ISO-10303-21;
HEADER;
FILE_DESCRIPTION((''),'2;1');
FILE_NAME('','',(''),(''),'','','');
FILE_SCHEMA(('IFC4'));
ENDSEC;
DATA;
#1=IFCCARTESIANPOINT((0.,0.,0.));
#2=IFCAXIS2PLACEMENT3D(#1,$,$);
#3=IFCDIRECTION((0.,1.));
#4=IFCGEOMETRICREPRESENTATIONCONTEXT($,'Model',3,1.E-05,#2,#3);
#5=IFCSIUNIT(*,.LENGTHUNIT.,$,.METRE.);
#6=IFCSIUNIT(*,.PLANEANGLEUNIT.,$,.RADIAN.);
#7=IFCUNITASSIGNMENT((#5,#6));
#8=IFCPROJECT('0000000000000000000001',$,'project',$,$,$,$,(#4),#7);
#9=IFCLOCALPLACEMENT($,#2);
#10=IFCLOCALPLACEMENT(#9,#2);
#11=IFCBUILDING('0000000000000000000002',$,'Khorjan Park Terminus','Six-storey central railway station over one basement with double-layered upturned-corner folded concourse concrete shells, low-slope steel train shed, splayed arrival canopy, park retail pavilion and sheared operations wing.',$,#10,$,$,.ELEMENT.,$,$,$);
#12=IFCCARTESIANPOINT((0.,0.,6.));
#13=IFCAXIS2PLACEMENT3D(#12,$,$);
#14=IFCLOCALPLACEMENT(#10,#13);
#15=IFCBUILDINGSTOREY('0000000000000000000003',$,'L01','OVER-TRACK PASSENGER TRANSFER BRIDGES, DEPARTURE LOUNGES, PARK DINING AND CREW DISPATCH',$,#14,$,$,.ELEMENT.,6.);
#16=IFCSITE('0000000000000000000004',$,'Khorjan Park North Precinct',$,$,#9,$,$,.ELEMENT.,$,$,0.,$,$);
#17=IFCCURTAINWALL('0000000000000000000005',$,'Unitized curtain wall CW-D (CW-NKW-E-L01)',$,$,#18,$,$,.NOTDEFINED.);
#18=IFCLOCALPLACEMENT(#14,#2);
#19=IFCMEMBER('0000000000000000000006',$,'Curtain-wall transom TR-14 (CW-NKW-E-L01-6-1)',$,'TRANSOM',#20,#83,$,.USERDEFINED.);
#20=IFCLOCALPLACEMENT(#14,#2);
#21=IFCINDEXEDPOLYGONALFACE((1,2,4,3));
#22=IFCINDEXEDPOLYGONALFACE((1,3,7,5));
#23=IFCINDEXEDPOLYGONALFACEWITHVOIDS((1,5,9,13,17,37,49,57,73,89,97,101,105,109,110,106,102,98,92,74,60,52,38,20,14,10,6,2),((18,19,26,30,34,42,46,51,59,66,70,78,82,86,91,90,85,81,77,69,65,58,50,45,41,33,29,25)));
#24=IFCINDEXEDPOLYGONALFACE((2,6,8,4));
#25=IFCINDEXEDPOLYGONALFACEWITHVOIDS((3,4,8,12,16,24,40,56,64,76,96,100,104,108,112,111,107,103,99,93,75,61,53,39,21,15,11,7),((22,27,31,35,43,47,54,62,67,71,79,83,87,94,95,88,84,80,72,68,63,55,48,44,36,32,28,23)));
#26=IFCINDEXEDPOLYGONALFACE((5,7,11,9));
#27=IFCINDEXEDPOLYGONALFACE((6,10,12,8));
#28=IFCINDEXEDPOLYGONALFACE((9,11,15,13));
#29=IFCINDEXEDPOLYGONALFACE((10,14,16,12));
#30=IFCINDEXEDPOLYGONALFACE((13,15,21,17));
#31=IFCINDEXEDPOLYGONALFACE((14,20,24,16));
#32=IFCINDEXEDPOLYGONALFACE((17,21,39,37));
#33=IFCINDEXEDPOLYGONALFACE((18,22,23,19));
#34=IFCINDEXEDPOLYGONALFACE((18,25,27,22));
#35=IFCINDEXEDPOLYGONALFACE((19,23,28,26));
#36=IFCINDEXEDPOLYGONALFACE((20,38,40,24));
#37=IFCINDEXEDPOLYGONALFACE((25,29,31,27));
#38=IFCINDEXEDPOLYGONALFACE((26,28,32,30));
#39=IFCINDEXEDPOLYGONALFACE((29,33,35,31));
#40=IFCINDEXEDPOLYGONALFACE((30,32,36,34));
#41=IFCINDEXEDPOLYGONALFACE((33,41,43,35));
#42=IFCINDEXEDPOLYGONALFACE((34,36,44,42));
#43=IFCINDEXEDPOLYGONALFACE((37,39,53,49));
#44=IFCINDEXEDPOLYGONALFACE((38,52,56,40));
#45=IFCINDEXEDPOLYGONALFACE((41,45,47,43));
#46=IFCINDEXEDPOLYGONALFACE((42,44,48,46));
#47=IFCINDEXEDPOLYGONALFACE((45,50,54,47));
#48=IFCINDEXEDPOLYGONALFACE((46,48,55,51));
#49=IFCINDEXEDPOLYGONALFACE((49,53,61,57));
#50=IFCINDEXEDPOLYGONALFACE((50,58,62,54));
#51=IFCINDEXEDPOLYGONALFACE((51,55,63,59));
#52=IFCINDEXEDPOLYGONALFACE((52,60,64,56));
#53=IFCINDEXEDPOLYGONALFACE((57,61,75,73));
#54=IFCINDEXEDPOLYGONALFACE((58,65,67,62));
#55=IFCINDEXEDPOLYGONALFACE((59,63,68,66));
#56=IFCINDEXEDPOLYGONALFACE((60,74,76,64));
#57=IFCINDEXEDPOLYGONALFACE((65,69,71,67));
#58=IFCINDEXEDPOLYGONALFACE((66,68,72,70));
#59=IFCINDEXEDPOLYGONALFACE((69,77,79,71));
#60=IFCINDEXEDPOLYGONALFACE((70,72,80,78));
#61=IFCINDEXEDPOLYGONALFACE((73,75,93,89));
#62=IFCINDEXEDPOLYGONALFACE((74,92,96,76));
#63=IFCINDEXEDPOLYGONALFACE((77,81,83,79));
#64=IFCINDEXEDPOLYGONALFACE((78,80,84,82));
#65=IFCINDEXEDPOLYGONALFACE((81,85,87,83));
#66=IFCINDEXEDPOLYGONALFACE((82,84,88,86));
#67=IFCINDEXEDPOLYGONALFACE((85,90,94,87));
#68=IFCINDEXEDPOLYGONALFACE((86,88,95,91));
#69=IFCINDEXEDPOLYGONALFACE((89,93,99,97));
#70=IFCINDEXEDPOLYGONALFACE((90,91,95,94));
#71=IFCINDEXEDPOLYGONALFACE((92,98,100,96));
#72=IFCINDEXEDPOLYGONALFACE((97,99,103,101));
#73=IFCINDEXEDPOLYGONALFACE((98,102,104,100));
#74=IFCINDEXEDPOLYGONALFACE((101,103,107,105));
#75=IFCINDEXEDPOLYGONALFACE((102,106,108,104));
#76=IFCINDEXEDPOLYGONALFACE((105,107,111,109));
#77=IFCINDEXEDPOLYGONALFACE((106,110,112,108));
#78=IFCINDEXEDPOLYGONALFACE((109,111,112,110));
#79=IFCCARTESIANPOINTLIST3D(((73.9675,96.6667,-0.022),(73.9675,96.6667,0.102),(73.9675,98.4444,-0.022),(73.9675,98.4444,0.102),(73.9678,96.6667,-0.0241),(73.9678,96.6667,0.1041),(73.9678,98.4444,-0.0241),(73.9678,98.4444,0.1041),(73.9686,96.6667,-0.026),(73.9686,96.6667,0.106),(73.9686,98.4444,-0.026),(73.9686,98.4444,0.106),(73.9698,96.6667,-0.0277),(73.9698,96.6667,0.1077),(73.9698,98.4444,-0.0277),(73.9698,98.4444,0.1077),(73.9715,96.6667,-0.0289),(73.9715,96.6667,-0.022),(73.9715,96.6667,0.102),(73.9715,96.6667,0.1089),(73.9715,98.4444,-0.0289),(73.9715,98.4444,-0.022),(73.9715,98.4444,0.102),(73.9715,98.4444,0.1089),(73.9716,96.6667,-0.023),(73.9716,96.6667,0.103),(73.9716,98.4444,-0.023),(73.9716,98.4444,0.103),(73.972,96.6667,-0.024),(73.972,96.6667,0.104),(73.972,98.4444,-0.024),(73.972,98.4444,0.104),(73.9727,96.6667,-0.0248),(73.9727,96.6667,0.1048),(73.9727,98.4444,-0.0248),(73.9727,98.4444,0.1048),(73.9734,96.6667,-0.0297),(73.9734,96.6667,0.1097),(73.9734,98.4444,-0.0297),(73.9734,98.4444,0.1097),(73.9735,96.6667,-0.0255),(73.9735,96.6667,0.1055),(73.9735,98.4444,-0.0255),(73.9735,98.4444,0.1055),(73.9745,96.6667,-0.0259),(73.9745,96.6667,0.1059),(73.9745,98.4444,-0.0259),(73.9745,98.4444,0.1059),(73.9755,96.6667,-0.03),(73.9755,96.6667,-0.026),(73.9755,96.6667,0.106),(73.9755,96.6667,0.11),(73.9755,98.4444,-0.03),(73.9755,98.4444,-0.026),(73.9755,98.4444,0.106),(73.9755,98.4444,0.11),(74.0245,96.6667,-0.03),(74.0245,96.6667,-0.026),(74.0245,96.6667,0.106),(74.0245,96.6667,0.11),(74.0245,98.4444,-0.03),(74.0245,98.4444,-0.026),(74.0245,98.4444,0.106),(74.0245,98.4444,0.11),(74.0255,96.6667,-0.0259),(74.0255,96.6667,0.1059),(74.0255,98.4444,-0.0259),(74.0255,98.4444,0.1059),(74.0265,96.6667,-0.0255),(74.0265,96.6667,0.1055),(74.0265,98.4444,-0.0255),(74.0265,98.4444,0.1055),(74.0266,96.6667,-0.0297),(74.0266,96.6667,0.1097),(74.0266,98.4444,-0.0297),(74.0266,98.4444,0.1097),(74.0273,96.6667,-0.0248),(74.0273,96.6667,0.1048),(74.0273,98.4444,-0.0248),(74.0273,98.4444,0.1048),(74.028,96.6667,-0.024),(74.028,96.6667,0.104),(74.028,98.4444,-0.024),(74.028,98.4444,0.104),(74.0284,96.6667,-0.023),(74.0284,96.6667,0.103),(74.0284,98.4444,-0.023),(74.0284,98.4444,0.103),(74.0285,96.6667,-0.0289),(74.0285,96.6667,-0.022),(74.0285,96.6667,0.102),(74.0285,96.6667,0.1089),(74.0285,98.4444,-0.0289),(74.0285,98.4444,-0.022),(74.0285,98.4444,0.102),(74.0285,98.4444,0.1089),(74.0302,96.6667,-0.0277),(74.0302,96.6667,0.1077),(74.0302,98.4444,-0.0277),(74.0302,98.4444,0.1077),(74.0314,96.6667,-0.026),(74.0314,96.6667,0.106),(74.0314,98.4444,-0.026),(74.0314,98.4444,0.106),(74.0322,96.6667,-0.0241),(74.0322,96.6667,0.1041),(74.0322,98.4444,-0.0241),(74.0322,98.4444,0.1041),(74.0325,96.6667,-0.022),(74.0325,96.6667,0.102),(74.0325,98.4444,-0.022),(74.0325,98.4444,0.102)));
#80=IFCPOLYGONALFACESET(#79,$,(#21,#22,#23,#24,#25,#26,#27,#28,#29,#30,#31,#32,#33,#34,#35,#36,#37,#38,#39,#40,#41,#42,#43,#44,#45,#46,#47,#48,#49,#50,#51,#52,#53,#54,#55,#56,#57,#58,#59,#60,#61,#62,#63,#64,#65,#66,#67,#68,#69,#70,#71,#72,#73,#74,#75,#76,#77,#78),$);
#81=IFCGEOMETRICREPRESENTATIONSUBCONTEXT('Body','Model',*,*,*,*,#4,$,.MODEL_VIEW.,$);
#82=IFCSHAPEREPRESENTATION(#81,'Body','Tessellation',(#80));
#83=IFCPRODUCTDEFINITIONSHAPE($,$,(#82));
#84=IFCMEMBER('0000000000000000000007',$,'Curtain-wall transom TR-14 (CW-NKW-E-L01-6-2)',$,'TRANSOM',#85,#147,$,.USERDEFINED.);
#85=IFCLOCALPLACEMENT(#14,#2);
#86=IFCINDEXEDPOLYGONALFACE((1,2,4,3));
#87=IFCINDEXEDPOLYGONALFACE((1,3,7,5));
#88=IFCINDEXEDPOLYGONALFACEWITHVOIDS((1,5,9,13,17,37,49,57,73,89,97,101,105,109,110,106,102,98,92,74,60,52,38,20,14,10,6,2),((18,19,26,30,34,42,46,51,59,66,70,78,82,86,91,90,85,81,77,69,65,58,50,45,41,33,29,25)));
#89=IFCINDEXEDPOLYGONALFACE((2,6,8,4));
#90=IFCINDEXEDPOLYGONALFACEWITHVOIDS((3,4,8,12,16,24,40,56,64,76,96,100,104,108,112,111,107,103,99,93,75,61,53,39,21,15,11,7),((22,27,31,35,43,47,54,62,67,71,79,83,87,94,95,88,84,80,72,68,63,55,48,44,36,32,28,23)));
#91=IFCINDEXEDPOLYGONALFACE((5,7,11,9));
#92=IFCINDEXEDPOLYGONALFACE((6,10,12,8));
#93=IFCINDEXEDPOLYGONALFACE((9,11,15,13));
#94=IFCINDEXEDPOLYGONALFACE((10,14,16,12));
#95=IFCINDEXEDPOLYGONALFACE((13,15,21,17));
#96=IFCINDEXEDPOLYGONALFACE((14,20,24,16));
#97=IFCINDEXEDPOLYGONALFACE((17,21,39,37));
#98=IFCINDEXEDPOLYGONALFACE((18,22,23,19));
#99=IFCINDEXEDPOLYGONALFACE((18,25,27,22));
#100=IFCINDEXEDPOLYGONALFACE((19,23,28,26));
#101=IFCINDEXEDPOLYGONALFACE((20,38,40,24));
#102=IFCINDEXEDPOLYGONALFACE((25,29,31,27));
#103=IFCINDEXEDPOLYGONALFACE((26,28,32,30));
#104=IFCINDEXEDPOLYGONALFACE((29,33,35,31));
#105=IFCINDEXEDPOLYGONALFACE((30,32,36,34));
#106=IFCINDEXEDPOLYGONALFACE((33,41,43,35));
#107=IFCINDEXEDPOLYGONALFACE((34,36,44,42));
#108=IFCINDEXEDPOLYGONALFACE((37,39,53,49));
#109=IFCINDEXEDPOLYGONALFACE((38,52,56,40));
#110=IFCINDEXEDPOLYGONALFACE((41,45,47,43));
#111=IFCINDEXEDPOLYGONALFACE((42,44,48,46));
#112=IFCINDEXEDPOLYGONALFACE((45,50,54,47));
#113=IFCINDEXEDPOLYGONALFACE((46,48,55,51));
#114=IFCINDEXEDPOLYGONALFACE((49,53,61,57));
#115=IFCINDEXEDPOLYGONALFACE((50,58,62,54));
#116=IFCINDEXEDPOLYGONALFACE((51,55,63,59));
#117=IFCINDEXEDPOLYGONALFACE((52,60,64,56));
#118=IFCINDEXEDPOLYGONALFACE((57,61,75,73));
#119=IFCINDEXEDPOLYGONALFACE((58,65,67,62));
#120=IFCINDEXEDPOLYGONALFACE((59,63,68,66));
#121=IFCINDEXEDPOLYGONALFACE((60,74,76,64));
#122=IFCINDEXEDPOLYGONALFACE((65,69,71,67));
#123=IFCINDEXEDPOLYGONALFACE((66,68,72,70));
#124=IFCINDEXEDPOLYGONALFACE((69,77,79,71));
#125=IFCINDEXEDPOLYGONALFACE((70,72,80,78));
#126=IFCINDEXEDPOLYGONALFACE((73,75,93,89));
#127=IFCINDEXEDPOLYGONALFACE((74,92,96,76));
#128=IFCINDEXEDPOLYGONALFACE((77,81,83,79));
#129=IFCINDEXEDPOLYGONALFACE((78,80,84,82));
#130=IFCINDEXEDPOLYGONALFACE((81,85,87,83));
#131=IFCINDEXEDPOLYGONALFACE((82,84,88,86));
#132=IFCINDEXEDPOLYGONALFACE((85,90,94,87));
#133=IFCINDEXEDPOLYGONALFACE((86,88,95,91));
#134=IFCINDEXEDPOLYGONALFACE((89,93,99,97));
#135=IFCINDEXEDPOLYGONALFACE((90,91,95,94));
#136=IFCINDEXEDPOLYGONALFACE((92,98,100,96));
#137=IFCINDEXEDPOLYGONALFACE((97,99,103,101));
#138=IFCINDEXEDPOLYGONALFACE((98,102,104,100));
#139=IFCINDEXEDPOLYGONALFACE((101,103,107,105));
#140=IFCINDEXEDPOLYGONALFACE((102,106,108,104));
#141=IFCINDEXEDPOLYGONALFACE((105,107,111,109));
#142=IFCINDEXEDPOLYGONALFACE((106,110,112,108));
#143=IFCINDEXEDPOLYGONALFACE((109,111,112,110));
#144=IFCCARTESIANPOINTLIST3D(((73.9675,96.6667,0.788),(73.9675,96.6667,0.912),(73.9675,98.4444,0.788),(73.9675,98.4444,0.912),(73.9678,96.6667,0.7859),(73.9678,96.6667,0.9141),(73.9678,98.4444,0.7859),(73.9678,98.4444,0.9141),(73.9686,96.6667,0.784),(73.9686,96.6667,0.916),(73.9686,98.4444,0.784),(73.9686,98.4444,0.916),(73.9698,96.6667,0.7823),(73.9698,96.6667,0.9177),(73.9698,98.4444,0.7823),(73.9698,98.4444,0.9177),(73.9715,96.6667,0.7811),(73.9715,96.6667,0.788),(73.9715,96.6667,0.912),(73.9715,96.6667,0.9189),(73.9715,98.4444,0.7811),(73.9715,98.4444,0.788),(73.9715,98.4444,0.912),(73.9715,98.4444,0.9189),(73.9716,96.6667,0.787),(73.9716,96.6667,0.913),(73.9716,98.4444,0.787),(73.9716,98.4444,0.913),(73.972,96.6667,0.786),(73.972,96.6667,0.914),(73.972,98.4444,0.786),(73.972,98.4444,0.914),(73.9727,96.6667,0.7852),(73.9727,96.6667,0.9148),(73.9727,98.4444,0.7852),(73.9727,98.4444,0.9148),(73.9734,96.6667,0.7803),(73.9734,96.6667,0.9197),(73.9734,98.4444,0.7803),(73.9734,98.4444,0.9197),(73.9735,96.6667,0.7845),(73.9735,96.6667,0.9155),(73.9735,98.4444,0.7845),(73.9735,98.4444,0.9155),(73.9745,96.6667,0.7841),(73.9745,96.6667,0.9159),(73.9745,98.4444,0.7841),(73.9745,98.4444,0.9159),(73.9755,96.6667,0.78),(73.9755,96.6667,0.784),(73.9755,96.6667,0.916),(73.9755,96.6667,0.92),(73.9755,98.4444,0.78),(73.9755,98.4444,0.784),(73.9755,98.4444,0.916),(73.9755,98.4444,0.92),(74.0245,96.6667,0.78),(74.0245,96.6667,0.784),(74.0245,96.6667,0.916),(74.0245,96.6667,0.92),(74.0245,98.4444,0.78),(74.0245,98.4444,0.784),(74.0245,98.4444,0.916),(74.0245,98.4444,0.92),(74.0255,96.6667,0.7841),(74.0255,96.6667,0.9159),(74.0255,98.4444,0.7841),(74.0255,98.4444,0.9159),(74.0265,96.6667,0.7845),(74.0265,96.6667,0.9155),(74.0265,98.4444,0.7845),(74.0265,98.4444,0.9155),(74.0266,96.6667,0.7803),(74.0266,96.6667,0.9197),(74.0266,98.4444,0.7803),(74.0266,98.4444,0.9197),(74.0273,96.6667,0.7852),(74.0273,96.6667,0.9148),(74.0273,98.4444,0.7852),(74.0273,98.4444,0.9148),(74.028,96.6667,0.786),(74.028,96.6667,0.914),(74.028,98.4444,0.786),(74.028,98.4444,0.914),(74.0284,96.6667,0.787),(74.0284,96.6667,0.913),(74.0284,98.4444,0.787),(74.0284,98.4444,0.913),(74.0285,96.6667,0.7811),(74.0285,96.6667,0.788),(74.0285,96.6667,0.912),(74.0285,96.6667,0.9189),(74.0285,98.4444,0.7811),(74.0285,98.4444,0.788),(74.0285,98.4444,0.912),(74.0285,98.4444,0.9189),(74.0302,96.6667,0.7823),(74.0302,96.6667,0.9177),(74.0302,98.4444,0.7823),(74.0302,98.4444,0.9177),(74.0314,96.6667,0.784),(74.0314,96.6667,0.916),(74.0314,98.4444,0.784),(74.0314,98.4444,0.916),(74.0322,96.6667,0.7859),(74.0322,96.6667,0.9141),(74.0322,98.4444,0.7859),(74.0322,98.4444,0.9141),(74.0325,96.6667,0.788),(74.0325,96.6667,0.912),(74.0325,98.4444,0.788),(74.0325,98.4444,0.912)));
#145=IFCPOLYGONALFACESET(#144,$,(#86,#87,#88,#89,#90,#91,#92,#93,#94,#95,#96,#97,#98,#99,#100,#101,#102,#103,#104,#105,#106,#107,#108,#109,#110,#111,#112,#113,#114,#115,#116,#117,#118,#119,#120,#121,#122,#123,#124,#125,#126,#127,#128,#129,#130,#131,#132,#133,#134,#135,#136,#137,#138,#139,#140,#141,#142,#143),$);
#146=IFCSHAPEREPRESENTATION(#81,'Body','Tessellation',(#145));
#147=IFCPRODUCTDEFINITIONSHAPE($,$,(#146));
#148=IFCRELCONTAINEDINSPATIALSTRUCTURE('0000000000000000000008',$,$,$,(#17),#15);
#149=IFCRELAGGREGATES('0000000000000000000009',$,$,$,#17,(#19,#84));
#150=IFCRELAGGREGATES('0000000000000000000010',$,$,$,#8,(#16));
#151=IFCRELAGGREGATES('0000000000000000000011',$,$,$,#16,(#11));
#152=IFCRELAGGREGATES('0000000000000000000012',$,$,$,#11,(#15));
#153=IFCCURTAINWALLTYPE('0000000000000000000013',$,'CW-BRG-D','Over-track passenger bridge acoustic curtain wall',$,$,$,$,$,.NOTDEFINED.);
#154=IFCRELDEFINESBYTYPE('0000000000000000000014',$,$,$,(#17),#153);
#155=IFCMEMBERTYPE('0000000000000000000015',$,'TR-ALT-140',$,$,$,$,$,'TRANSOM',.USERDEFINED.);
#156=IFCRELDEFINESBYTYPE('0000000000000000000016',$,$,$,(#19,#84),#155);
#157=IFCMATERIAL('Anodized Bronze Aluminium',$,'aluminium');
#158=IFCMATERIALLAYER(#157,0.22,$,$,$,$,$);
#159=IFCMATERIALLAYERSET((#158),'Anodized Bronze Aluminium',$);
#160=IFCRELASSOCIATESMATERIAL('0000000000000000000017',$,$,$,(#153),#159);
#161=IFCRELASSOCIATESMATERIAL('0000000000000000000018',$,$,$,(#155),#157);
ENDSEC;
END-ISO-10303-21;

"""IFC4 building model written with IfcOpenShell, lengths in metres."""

from ifc_helpers import new_model, si_unit, direction, frame, origin, origin_2d, place, context, subcontext, project, spatial, hollow_rectangle, extrude, material, layer, layer_set, material_profile, profile_set, type_object, element, aggregate, save


model = new_model("IFC4")

# Units and contexts
model_context = context("Model", 3, precision=1e-05, world=origin(), true_north=direction((0.0, 1.0)))
body_context = subcontext(model_context, "Body", "Model", "MODEL_VIEW")
ifc_project = project(units=[si_unit("LENGTHUNIT", "METRE"), si_unit("PLANEANGLEUNIT", "RADIAN")], contexts=[model_context])

# Site, building, storey
site_placement = place(None, origin())
site = spatial("IfcSite", under=ifc_project, at=site_placement, Name="Khorjan Park North Precinct", CompositionType="ELEMENT", RefElevation=0.0)
building_placement = place(site_placement, origin())
building = spatial("IfcBuilding", under=site, at=building_placement, Name="Khorjan Park Terminus", Description="Six-storey central railway station over one basement with double-layered upturned-corner folded concourse concrete shells, low-slope steel train shed, splayed arrival canopy, park retail pavilion and sheared operations wing.", CompositionType="ELEMENT")
storey_placement = place(building_placement, frame((0.0, 0.0, 6.0)))
storey = spatial("IfcBuildingStorey", under=building, at=storey_placement, Name="L01", Description="OVER-TRACK PASSENGER TRANSFER BRIDGES, DEPARTURE LOUNGES, PARK DINING AND CREW DISPATCH", CompositionType="ELEMENT", Elevation=6.0)

# Curtain wall, members
ifc_material_1 = material(Name="Anodized Bronze Aluminium", Category="aluminium")
ifc_layer_1 = layer(ifc_material_1, 0.22)
ifc_layer_set_1 = layer_set([ifc_layer_1], Name="Anodized Bronze Aluminium")
curtain_wall_type = type_object("IfcCurtainWallType", Name="CW-BRG-D", Description="Over-track passenger bridge acoustic curtain wall", PredefinedType="NOTDEFINED", material=ifc_layer_set_1)
curtain_wall_placement = place(storey_placement, origin())
curtain_wall = element("IfcCurtainWall", 1, at=curtain_wall_placement, inside=storey, type_object=curtain_wall_type, Name="Unitized curtain wall CW-D (CW-NKW-E-L01)", PredefinedType="NOTDEFINED")
ifc_material_profile_1 = material_profile(ifc_material_1, hollow_rectangle(XDim=0.065, YDim=0.14, WallThickness=0.004, InnerFilletRadius=0.004, OuterFilletRadius=0.008, at=origin_2d()), Name="ALT 65x140x4")
ifc_profile_set_1 = profile_set([ifc_material_profile_1], Name="Anodized Bronze Aluminium")
member_type_1 = type_object("IfcMemberType", Name="TR-ALT-140", ElementType="TRANSOM", PredefinedType="USERDEFINED", material=ifc_profile_set_1)
member_1_placement = place(storey_placement, frame((74.0, 96.6667, 0.04), z_axis=(0.0, 1.0, 0.0), x_axis=(-1.0, 0.0, 0.0)))
member_1 = element("IfcMember", 2, at=member_1_placement, type_object=member_type_1, Name="Curtain-wall transom TR-14 (CW-NKW-E-L01-6-1)", ObjectType="TRANSOM", PredefinedType="USERDEFINED", context=body_context, shape_type="SweptSolid", body=[
    extrude(hollow_rectangle(XDim=0.065, YDim=0.14, WallThickness=0.004, InnerFilletRadius=0.004, OuterFilletRadius=0.008, at=origin_2d()), origin(), (0.0, 0.0, 1.0), 1.7777),
])
member_2_placement = place(storey_placement, frame((74.0, 96.6667, 0.85), z_axis=(0.0, 1.0, 0.0), x_axis=(-1.0, 0.0, 0.0)))
member_2 = element("IfcMember", 3, at=member_2_placement, type_object=member_type_1, Name="Curtain-wall transom TR-14 (CW-NKW-E-L01-6-2)", ObjectType="TRANSOM", PredefinedType="USERDEFINED", context=body_context, shape_type="SweptSolid", body=[
    extrude(hollow_rectangle(XDim=0.065, YDim=0.14, WallThickness=0.004, InnerFilletRadius=0.004, OuterFilletRadius=0.008, at=origin_2d()), origin(), (0.0, 0.0, 1.0), 1.7777),
])
aggregate(curtain_wall, [member_1, member_2])

save(model, "model.ifc")
